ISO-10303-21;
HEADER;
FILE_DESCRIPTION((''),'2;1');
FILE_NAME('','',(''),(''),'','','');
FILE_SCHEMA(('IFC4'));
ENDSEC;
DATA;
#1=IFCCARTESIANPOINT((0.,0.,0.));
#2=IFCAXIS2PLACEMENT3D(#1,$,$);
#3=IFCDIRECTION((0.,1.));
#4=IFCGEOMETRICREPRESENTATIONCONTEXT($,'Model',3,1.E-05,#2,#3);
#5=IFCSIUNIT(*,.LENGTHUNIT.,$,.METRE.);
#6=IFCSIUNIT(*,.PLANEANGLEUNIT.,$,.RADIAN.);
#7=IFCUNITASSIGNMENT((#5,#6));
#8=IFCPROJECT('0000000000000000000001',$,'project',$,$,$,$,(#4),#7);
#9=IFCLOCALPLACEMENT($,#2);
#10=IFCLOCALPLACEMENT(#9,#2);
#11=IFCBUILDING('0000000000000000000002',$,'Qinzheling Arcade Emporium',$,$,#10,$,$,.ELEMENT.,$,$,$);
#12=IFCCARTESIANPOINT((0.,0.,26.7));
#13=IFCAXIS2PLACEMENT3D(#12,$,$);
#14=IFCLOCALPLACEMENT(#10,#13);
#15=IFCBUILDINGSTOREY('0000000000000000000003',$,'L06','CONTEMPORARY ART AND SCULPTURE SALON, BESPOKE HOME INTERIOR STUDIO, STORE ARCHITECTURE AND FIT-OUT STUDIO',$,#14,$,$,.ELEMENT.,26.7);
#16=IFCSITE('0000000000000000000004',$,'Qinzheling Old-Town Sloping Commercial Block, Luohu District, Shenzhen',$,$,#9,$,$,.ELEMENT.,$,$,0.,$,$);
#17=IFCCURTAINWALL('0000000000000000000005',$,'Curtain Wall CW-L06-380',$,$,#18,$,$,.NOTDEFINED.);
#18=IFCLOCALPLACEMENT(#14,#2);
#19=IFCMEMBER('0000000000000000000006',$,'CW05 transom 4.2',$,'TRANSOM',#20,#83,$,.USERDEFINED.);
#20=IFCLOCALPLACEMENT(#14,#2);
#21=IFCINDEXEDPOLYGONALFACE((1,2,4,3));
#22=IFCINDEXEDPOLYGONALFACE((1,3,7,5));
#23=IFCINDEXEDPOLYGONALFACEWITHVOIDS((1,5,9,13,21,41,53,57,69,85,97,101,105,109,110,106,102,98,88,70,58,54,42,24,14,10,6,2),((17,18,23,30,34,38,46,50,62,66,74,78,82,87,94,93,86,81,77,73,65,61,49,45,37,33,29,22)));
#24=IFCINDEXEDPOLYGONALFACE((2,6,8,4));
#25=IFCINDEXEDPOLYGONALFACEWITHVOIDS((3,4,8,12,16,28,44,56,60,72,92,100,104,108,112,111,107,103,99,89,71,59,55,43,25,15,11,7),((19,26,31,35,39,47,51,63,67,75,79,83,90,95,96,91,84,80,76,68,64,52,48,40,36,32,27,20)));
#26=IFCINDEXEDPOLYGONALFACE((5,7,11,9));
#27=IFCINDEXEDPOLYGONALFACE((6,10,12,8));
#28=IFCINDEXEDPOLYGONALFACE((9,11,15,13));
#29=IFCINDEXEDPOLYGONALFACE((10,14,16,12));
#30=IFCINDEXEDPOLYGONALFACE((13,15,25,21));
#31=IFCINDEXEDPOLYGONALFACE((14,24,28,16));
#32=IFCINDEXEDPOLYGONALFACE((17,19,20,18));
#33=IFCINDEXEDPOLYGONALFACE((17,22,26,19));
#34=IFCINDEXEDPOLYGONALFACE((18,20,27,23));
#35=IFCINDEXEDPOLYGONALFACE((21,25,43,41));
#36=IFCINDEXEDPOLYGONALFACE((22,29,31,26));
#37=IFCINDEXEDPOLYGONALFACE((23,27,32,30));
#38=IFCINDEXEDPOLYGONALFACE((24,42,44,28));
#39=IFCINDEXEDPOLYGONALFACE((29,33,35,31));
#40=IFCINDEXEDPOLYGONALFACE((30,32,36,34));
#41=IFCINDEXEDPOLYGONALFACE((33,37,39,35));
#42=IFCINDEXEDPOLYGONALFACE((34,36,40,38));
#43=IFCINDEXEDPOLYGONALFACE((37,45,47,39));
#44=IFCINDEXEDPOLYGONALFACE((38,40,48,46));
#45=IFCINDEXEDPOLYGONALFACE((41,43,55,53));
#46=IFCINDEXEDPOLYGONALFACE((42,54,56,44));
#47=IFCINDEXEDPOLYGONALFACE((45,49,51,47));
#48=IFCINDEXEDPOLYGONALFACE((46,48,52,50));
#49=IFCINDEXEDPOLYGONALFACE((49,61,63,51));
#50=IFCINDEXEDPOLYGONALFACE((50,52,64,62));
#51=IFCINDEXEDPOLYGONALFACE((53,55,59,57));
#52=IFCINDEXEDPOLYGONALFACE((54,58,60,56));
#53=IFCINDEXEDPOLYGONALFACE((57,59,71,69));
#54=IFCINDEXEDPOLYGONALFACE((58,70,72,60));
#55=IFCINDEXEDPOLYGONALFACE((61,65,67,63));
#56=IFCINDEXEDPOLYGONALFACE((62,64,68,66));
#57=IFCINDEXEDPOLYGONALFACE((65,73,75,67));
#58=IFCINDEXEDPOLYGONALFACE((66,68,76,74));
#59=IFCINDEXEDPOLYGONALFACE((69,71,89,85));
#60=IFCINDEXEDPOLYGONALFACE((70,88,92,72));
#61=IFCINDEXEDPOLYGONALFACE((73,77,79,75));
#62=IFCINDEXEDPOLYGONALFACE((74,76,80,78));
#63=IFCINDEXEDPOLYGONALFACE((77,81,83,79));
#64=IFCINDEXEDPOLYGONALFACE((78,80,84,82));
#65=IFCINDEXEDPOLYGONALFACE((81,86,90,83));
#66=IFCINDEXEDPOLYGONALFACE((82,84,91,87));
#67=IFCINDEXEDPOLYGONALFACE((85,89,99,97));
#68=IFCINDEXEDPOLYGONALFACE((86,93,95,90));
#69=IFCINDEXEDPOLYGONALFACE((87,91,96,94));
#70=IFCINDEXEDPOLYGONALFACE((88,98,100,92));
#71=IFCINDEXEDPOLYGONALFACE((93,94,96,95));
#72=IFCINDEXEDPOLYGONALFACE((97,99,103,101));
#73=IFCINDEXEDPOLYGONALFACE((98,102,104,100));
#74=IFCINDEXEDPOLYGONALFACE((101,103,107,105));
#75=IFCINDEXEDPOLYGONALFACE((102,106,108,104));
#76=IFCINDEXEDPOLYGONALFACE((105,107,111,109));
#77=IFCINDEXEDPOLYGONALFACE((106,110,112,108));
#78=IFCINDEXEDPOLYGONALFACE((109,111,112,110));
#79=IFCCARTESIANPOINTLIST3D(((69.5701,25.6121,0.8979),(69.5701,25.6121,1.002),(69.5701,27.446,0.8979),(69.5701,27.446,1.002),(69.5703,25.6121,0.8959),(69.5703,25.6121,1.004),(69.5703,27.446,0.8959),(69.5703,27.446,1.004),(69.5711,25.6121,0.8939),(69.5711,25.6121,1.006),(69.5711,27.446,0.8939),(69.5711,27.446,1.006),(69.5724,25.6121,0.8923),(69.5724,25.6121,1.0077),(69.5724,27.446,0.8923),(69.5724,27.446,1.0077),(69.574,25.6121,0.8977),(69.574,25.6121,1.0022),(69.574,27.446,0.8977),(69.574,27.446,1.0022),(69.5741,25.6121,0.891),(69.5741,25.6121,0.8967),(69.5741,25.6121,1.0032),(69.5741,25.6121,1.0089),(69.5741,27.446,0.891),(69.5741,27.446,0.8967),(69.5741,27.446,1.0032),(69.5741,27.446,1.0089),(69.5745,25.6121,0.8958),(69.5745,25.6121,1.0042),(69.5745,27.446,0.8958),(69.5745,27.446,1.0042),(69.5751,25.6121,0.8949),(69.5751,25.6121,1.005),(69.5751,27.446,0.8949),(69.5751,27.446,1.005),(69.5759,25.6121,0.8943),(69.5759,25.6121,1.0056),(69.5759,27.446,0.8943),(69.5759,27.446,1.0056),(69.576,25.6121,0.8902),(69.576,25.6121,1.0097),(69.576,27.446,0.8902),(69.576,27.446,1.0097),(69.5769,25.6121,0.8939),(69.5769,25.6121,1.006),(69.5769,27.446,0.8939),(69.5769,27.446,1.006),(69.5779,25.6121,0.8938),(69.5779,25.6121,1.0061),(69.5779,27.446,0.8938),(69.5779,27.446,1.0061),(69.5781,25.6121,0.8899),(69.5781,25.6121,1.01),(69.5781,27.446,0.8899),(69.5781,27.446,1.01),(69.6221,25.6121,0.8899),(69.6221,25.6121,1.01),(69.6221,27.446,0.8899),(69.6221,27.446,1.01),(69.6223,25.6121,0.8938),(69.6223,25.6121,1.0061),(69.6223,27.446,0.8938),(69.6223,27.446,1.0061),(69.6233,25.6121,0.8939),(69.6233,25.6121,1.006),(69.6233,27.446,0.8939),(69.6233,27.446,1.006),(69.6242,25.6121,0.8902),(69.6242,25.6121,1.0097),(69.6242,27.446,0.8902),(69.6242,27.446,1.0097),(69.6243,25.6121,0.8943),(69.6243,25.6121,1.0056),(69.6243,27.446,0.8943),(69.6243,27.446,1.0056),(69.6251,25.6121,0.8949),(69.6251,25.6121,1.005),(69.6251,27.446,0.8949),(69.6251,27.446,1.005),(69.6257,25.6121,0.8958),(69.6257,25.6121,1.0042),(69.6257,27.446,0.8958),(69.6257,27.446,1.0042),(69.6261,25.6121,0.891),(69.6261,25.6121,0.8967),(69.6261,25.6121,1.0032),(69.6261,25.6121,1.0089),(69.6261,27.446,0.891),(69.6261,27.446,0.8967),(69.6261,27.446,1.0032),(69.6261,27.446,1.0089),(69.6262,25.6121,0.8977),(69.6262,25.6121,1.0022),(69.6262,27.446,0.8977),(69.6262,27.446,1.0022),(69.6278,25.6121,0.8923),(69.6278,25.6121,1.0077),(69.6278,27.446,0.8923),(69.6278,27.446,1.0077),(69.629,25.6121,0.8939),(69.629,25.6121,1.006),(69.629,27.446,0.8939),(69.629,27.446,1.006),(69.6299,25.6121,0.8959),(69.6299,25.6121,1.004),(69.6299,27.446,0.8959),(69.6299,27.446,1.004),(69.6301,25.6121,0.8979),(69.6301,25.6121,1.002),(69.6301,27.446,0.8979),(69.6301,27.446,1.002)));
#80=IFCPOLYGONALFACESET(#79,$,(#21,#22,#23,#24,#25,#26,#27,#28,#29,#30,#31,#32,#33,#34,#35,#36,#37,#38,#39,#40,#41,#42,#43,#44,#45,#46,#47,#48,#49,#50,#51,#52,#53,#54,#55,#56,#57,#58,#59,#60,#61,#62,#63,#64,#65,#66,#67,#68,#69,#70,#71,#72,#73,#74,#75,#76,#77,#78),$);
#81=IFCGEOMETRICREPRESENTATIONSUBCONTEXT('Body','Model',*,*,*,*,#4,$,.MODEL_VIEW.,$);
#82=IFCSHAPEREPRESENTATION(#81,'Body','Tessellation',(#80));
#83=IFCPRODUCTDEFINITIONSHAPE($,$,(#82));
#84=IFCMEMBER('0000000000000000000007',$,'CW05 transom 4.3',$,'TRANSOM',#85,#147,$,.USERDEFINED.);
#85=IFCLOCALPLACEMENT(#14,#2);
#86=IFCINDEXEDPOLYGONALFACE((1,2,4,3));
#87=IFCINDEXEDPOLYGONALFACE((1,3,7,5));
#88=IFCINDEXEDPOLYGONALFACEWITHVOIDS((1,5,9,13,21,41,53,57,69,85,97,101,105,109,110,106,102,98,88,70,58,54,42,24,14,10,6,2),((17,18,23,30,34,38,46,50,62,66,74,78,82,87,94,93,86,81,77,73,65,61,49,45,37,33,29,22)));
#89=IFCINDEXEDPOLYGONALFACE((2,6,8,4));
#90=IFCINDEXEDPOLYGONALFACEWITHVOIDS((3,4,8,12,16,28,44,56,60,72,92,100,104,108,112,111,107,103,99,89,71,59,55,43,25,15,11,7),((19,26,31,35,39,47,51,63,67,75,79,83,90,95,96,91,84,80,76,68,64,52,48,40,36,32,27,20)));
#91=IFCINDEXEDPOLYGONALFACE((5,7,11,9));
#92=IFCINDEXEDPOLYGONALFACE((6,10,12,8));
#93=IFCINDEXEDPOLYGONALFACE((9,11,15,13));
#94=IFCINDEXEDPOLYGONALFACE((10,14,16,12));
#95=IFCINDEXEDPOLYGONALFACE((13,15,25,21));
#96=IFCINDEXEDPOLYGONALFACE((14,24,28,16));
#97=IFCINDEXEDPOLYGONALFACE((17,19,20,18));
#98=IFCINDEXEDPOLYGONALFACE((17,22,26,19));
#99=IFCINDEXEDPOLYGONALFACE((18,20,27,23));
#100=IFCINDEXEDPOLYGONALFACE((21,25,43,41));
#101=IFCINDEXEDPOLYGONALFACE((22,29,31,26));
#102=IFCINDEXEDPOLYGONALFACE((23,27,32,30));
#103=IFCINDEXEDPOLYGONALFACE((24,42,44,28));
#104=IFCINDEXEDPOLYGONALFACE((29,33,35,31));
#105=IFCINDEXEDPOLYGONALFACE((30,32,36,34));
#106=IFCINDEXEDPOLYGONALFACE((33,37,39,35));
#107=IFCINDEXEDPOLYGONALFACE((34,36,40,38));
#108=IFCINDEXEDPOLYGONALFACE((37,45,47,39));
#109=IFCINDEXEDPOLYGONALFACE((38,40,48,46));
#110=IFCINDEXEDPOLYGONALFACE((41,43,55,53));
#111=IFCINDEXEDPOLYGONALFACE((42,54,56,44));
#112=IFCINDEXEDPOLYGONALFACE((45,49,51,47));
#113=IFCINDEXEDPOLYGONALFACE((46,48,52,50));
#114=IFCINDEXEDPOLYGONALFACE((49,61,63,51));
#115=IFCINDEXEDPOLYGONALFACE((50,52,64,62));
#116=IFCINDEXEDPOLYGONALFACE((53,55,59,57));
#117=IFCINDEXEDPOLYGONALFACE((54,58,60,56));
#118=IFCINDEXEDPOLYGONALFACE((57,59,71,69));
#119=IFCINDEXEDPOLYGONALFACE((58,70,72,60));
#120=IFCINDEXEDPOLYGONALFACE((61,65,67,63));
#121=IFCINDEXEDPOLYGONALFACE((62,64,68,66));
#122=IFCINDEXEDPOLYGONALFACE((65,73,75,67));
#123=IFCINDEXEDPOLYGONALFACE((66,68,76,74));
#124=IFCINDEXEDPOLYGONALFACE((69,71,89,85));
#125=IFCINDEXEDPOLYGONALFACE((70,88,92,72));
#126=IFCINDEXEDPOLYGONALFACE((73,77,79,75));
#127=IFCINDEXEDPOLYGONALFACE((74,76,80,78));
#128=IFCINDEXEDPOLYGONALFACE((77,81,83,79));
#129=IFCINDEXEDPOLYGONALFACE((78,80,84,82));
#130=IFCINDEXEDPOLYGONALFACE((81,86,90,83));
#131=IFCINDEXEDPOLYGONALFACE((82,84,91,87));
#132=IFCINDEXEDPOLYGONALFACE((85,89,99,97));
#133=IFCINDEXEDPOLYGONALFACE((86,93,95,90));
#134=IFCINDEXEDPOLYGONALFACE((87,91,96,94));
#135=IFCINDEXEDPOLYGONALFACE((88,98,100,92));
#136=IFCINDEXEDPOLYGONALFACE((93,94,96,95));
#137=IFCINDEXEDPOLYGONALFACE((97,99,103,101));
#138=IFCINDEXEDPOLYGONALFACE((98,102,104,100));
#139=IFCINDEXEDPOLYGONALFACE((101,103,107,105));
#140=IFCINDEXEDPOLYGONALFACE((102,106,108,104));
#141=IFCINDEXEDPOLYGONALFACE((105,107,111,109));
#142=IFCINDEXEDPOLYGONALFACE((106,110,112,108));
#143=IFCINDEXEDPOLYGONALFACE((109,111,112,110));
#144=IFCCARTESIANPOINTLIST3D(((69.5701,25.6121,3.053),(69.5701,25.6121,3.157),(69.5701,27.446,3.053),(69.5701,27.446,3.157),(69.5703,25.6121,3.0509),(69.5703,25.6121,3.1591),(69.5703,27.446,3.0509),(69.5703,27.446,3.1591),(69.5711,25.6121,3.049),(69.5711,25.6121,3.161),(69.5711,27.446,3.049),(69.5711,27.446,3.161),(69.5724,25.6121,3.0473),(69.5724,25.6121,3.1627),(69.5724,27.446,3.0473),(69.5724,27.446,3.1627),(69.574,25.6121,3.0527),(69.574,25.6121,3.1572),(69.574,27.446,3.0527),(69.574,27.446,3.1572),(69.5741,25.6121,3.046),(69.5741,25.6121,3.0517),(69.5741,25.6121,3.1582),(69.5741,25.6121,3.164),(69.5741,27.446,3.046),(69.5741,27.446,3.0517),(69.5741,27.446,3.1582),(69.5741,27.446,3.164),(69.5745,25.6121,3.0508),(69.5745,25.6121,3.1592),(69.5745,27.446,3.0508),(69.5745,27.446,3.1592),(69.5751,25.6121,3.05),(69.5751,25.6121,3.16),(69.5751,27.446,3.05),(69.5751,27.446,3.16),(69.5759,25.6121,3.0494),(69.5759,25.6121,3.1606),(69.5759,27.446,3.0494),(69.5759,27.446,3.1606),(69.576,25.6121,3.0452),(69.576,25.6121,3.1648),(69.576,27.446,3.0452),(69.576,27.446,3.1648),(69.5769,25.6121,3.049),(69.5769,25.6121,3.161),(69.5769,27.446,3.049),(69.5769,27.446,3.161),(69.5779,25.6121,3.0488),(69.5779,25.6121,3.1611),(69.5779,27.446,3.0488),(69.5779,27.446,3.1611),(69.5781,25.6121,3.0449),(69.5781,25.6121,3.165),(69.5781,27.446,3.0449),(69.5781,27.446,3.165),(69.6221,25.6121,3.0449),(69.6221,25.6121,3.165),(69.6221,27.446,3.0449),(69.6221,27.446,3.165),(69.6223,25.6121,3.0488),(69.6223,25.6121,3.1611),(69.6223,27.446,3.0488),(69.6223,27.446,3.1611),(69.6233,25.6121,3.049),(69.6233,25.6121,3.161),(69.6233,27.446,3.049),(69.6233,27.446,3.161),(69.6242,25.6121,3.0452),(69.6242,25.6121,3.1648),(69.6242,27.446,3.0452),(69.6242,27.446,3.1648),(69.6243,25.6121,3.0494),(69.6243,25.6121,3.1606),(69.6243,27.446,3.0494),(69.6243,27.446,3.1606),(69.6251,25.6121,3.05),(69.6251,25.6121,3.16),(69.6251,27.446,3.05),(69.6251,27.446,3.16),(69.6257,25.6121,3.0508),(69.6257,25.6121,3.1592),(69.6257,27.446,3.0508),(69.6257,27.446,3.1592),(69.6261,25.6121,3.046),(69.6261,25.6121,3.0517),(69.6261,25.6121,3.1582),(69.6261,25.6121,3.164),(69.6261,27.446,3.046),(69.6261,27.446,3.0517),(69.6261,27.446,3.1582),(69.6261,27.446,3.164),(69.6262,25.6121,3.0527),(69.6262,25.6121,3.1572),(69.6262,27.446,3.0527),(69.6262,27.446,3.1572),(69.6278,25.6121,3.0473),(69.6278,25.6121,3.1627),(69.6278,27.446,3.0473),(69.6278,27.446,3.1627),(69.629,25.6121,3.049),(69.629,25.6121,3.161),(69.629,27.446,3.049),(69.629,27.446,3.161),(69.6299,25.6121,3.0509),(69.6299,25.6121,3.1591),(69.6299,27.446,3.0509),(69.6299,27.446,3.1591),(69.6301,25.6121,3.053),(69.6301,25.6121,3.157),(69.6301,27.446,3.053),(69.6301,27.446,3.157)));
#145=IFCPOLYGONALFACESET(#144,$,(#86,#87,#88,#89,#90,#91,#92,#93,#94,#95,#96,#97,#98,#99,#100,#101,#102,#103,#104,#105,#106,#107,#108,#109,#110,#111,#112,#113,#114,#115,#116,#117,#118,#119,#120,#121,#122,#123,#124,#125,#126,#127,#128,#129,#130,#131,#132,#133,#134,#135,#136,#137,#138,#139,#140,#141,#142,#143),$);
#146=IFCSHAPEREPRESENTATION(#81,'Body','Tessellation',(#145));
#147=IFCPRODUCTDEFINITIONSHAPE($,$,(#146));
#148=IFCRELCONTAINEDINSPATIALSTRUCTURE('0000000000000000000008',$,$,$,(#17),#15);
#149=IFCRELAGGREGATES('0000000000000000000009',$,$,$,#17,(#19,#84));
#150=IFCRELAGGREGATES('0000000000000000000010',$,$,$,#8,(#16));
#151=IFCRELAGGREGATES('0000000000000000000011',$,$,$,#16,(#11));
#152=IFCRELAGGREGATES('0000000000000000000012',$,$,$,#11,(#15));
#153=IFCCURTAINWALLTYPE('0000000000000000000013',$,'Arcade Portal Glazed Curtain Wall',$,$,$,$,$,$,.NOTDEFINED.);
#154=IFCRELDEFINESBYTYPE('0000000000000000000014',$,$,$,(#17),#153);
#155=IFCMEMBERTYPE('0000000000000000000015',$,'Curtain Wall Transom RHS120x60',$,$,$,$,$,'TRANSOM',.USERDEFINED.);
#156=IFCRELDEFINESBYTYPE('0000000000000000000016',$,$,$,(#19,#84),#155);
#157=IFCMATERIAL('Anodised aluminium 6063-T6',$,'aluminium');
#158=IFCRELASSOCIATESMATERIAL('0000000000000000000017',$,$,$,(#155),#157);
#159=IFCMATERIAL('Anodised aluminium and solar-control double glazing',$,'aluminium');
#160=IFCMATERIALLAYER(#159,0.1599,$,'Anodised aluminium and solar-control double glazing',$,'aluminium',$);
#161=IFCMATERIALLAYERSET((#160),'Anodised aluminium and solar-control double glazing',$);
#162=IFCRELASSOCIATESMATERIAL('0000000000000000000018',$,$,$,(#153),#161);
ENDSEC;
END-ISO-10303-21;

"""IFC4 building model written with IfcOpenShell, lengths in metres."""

from ifc_helpers import new_model, si_unit, direction, frame, origin, origin_2d, place, context, subcontext, project, spatial, hollow_rectangle, extrude, material, layer, layer_set, material_profile, profile_set, type_object, element, aggregate, save


model = new_model("IFC4")

# Units and contexts
model_context = context("Model", 3, precision=1e-05, world=origin(), true_north=direction((0.0, 1.0)))
body_context = subcontext(model_context, "Body", "Model", "MODEL_VIEW")
ifc_project = project(units=[si_unit("LENGTHUNIT", "METRE"), si_unit("PLANEANGLEUNIT", "RADIAN")], contexts=[model_context])

# Site, building, storey
site_placement = place(None, origin())
site = spatial("IfcSite", under=ifc_project, at=site_placement, Name="Qinzheling Old-Town Sloping Commercial Block, Luohu District, Shenzhen", CompositionType="ELEMENT", RefElevation=0.0)
building_placement = place(site_placement, origin())
building = spatial("IfcBuilding", under=site, at=building_placement, Name="Qinzheling Arcade Emporium", CompositionType="ELEMENT")
storey_placement = place(building_placement, frame((0.0, 0.0, 26.7)))
storey = spatial("IfcBuildingStorey", under=building, at=storey_placement, Name="L06", Description="CONTEMPORARY ART AND SCULPTURE SALON, BESPOKE HOME INTERIOR STUDIO, STORE ARCHITECTURE AND FIT-OUT STUDIO", CompositionType="ELEMENT", Elevation=26.7)

# Curtain wall, members
ifc_material_1 = material(Name="Anodised aluminium and solar-control double glazing", Category="aluminium")
ifc_material_2 = material(Name="Anodised aluminium 6063-T6", Category="aluminium")
ifc_material_profile_1 = material_profile(ifc_material_2, hollow_rectangle(XDim=0.0601, YDim=0.1201, WallThickness=0.0039, InnerFilletRadius=0.0039, OuterFilletRadius=0.0081, at=origin_2d()), Name="RHS 120x60x4", Category="aluminium")
ifc_profile_set_1 = profile_set([ifc_material_profile_1], Name="Anodised aluminium 6063-T6")
member_type_1 = type_object("IfcMemberType", Name="Curtain Wall Transom RHS120x60", ElementType="TRANSOM", PredefinedType="USERDEFINED", material=ifc_profile_set_1)
ifc_layer_1 = layer(ifc_material_1, 0.1599, Name="Anodised aluminium and solar-control double glazing", Category="aluminium")
ifc_layer_set_1 = layer_set([ifc_layer_1], Name="Anodised aluminium and solar-control double glazing")
curtain_wall_type_1 = type_object("IfcCurtainWallType", Name="Arcade Portal Glazed Curtain Wall", PredefinedType="NOTDEFINED", material=ifc_layer_set_1)
curtain_wall_1_placement = place(storey_placement, origin())
curtain_wall_1 = element("IfcCurtainWall", 1, at=curtain_wall_1_placement, inside=storey, type_object=curtain_wall_type_1, Name="Curtain Wall CW-L06-380", PredefinedType="NOTDEFINED")
member_1_placement = place(storey_placement, frame((69.6001, 27.446, 0.95), z_axis=(0.0, -1.0, 0.0), x_axis=(1.0, 0.0, 0.0)))
member_1 = element("IfcMember", 2, at=member_1_placement, type_object=member_type_1, Name="CW05 transom 4.2", ObjectType="TRANSOM", PredefinedType="USERDEFINED", context=body_context, shape_type="SweptSolid", body=[
    extrude(hollow_rectangle(XDim=0.0601, YDim=0.1201, WallThickness=0.0039, InnerFilletRadius=0.0039, OuterFilletRadius=0.0081, at=origin_2d()), origin(), (0.0, 0.0, 1.0), 1.834),
])
member_2_placement = place(storey_placement, frame((69.6001, 27.446, 3.105), z_axis=(0.0, -1.0, 0.0), x_axis=(1.0, 0.0, 0.0)))
member_2 = element("IfcMember", 3, at=member_2_placement, type_object=member_type_1, Name="CW05 transom 4.3", ObjectType="TRANSOM", PredefinedType="USERDEFINED", context=body_context, shape_type="SweptSolid", body=[
    extrude(hollow_rectangle(XDim=0.0601, YDim=0.1201, WallThickness=0.0039, InnerFilletRadius=0.0039, OuterFilletRadius=0.0081, at=origin_2d()), origin(), (0.0, 0.0, 1.0), 1.834),
])

aggregate(curtain_wall_1, [member_1, member_2])

save(model, "model.ifc")
